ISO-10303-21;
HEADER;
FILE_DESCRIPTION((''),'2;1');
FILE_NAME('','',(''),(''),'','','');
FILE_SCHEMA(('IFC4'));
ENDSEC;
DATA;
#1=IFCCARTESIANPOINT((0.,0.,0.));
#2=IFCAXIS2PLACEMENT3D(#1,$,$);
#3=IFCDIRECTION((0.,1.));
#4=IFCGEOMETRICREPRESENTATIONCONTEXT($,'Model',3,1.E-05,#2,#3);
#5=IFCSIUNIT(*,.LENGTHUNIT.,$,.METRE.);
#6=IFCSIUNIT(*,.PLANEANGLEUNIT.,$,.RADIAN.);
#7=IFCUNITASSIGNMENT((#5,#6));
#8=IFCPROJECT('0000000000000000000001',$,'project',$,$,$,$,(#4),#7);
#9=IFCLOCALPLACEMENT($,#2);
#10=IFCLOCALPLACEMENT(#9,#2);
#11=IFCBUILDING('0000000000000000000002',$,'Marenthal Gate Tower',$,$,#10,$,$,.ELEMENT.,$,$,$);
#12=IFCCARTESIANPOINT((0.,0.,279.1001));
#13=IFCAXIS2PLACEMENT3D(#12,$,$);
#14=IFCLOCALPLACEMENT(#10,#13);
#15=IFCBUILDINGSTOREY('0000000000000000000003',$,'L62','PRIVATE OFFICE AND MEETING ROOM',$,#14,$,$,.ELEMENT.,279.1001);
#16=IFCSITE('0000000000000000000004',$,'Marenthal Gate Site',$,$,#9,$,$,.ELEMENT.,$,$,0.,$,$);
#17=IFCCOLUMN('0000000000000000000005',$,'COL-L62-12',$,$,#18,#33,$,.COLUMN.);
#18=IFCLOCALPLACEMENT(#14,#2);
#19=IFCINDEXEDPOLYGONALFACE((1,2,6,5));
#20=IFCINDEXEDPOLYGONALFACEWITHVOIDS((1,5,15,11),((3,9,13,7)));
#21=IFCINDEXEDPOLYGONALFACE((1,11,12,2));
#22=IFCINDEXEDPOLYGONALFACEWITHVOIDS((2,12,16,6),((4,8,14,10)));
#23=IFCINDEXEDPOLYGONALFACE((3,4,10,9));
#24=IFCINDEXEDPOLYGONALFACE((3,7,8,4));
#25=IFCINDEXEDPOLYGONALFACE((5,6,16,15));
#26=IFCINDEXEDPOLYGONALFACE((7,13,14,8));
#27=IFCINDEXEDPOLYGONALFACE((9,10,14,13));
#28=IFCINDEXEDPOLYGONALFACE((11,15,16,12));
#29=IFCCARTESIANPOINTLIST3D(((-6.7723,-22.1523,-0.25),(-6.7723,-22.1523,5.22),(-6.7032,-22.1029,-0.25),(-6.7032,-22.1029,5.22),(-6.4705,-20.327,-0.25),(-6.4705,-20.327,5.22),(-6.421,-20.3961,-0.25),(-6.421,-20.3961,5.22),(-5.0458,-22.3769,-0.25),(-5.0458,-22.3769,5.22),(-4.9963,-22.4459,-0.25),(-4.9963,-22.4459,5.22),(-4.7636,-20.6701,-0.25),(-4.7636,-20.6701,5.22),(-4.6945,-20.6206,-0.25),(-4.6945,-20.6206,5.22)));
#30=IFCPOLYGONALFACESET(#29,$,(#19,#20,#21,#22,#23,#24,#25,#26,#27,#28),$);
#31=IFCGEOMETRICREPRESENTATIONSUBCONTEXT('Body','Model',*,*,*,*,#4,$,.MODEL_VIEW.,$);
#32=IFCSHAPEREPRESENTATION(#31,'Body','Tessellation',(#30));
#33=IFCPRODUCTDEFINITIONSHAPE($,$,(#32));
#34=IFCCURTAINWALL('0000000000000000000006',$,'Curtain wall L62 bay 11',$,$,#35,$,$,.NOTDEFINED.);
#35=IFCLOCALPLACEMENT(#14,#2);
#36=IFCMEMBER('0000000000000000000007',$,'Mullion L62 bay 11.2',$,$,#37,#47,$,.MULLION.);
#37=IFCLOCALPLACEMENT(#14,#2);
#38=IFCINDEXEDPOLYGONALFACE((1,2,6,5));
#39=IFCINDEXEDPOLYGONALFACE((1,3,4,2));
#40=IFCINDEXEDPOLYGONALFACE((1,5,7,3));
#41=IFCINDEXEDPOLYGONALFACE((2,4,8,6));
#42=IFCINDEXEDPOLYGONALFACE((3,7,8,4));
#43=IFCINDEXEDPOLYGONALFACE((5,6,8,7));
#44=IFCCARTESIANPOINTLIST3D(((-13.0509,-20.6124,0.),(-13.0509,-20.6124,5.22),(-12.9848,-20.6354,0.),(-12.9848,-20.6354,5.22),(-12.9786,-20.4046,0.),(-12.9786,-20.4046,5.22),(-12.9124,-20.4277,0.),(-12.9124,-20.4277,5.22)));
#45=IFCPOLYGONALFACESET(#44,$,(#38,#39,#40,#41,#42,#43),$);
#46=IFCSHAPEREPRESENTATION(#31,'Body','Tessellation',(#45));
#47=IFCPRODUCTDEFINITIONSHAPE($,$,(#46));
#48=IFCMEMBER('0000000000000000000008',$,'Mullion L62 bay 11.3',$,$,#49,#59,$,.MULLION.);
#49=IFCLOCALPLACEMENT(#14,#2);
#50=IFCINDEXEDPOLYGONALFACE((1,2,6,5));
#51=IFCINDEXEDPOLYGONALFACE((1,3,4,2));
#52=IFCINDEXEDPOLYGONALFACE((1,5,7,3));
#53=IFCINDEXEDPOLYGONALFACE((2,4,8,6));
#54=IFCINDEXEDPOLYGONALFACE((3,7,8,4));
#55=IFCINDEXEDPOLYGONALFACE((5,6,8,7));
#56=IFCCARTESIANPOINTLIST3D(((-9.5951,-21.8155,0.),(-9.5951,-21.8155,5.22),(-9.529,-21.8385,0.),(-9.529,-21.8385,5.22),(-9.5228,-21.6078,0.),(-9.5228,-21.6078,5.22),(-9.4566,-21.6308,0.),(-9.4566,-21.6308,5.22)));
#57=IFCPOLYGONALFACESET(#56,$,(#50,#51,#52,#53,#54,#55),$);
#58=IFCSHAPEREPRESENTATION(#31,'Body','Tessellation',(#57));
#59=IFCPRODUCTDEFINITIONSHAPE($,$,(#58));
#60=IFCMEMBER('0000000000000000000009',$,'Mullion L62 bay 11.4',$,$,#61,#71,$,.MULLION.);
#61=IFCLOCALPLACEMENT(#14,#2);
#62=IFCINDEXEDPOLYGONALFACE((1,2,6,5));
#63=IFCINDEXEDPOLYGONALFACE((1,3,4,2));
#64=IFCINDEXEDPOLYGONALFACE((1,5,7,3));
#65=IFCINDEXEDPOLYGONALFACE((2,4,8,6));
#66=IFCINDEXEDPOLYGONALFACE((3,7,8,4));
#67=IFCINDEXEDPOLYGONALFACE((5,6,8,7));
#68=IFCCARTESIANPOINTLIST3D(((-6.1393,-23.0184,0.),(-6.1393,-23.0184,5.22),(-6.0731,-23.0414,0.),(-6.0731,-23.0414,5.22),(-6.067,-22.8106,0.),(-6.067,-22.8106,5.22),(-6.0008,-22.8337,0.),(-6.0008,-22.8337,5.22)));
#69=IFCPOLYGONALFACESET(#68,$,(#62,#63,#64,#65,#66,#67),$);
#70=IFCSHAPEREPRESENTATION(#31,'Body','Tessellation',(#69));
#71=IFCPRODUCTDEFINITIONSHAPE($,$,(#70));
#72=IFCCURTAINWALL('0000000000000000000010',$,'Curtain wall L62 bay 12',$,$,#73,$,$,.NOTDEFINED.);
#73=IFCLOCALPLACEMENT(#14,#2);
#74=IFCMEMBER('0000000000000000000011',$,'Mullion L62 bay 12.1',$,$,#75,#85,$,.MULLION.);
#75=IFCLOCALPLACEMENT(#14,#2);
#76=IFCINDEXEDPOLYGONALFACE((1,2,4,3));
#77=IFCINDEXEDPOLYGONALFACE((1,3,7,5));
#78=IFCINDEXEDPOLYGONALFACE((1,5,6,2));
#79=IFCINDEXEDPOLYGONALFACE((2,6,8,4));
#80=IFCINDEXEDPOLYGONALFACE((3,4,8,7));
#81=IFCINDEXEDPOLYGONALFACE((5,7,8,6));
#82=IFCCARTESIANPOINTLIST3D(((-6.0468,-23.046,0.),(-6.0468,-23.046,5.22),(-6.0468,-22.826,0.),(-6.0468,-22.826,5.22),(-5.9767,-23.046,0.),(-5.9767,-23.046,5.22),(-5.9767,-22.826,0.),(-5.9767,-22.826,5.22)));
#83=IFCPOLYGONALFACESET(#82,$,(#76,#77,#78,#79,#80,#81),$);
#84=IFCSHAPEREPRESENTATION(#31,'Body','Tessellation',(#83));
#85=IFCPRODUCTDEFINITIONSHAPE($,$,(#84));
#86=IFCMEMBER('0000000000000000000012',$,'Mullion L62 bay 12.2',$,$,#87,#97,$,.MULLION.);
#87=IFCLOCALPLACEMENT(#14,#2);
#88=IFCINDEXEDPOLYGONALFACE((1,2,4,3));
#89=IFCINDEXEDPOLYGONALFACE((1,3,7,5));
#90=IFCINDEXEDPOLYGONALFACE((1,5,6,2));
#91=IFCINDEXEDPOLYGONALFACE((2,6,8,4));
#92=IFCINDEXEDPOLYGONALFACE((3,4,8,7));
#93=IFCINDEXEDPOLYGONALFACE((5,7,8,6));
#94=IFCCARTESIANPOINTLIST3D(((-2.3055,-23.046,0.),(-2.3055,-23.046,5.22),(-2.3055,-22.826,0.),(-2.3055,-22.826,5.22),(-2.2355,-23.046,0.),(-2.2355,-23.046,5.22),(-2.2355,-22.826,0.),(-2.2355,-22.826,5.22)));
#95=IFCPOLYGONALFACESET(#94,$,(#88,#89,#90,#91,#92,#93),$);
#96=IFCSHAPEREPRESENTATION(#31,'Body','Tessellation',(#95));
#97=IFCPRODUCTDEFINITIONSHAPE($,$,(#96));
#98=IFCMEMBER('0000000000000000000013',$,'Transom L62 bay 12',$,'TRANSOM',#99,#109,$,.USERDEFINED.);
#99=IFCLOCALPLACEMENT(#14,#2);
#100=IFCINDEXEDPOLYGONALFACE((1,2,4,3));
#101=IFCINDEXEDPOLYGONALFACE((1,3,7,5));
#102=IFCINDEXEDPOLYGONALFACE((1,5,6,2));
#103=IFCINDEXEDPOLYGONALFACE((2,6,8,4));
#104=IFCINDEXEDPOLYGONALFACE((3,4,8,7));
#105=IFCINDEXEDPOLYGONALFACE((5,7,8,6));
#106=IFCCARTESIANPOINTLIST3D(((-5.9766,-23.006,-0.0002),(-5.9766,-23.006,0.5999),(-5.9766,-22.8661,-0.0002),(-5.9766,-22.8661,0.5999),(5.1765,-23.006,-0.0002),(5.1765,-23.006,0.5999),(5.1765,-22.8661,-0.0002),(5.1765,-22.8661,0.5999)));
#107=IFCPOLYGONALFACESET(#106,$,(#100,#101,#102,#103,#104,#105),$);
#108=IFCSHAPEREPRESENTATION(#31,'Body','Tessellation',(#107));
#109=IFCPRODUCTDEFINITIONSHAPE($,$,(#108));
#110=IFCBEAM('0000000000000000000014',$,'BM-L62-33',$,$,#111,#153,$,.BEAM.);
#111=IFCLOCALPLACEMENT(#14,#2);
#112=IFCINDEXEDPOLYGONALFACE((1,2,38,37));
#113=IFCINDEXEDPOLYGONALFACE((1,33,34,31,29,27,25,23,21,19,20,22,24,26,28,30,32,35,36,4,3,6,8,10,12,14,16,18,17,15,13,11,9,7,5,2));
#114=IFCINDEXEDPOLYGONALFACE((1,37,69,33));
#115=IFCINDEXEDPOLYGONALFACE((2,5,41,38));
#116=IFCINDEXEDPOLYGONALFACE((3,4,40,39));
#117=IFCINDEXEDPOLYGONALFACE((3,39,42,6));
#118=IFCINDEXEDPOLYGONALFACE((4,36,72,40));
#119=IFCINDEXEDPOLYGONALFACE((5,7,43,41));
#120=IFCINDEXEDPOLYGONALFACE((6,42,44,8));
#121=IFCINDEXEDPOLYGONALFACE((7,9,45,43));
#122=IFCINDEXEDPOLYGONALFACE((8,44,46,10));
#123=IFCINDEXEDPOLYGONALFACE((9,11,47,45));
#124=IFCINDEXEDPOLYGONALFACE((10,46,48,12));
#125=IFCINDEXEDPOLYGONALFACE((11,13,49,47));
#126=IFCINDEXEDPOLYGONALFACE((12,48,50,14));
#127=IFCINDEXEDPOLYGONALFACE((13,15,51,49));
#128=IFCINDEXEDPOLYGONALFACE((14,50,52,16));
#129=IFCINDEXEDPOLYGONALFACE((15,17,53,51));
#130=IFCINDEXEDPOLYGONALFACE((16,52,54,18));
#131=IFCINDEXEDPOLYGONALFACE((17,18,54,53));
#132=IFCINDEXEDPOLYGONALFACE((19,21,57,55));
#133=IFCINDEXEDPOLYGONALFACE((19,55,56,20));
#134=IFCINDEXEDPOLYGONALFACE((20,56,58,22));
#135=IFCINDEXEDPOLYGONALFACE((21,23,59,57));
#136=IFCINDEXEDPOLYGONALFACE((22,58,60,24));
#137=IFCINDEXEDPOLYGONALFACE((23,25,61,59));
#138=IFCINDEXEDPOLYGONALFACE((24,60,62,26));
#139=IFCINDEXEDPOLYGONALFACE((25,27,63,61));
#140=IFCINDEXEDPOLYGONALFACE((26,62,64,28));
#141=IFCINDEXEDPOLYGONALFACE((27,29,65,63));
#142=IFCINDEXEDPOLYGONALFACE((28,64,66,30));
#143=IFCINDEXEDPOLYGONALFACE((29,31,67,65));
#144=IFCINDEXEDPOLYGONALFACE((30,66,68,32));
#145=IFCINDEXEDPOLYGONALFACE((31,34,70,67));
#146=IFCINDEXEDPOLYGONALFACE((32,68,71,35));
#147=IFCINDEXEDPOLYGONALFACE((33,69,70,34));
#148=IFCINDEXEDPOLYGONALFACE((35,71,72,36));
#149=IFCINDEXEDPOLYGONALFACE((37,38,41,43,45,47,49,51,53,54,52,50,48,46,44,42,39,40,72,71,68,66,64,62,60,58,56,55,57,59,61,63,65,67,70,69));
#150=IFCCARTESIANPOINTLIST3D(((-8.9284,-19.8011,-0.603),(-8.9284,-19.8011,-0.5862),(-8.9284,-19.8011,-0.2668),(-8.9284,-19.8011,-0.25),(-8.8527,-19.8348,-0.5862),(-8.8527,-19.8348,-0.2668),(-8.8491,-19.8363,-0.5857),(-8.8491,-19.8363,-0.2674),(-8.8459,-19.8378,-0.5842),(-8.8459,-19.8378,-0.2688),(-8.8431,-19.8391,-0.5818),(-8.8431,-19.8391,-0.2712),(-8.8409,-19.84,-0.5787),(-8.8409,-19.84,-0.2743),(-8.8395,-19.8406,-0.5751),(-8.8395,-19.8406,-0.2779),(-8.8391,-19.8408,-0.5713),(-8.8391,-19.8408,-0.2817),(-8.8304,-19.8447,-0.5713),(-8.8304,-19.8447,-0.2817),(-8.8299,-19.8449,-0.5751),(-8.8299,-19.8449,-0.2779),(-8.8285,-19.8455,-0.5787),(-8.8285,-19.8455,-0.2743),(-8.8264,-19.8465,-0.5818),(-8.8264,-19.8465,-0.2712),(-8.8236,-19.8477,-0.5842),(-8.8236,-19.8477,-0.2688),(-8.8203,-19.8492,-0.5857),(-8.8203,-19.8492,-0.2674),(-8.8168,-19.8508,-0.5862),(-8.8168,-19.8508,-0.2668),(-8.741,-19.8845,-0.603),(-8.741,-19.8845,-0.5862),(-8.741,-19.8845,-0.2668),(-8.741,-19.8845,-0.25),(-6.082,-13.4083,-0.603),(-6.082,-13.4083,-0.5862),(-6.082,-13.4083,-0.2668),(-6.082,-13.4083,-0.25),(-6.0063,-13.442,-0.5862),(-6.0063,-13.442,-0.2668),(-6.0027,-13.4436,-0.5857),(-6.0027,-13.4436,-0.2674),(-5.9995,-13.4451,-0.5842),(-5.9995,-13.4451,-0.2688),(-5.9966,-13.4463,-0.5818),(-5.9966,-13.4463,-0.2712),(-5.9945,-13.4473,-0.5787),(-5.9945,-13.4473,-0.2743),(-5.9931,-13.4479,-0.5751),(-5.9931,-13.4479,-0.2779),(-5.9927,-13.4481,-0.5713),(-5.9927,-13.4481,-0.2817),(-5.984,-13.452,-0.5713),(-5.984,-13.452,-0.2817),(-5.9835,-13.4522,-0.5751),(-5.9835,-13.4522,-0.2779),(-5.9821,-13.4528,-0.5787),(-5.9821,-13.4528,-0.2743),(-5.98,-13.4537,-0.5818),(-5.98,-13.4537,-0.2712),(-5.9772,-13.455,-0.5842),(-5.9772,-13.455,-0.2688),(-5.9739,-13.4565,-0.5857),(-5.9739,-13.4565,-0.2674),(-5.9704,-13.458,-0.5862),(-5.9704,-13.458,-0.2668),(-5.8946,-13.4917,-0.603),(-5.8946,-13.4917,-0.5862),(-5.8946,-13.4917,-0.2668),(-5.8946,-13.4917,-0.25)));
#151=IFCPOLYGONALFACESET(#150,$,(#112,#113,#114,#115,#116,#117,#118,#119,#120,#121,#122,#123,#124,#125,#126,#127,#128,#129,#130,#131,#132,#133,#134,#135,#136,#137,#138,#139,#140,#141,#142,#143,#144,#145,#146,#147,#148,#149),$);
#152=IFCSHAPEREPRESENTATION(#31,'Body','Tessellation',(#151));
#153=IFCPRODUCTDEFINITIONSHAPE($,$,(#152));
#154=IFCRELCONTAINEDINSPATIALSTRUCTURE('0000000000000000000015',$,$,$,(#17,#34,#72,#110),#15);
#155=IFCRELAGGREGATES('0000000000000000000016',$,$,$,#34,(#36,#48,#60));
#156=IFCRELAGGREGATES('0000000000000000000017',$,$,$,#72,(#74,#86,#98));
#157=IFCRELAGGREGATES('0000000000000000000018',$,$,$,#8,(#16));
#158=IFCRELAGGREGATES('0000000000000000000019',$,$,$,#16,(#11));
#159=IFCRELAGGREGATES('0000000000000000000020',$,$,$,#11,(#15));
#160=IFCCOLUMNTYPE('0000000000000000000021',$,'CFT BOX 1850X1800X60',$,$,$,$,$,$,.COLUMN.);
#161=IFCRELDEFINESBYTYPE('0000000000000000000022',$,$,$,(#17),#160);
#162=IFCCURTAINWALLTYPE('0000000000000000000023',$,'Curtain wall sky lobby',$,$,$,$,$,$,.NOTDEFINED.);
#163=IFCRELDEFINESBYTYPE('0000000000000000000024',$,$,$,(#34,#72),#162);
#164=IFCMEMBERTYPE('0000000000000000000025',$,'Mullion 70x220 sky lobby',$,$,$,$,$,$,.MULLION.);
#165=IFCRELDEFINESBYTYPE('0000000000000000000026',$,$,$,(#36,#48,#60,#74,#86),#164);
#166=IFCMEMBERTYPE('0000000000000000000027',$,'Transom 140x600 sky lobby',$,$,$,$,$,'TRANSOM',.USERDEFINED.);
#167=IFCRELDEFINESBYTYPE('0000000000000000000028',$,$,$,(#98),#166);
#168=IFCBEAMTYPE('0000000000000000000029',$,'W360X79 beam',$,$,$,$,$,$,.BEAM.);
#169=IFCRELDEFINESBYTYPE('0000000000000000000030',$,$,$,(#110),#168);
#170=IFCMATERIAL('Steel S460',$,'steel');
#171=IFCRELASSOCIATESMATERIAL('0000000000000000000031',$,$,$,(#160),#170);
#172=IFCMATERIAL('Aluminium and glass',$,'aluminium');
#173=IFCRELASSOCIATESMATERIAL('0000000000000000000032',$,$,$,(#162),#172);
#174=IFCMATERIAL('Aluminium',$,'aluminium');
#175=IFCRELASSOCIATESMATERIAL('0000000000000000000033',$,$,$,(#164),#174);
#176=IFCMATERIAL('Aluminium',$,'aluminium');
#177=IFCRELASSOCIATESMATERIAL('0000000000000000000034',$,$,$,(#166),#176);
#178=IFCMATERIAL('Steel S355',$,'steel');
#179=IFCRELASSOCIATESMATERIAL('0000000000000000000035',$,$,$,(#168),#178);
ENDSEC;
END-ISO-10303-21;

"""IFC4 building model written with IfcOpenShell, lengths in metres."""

from ifc_helpers import new_model, si_unit, direction, frame, origin, origin_2d, place, context, subcontext, project, spatial, rectangle, hollow_rectangle, i_section, extrude, material, material_profile, profile_set, type_object, element, aggregate, save


model = new_model("IFC4")

# Units and contexts
model_context = context("Model", 3, precision=1e-05, world=origin(), true_north=direction((0.0, 1.0)))
body_context = subcontext(model_context, "Body", "Model", "MODEL_VIEW")
ifc_project = project(units=[si_unit("LENGTHUNIT", "METRE"), si_unit("PLANEANGLEUNIT", "RADIAN")], contexts=[model_context])

# Site, building, storey
site_placement = place(None, origin())
site = spatial("IfcSite", under=ifc_project, at=site_placement, Name="Marenthal Gate Site", CompositionType="ELEMENT", RefElevation=0.0)
building_placement = place(site_placement, origin())
building = spatial("IfcBuilding", under=site, at=building_placement, Name="Marenthal Gate Tower", CompositionType="ELEMENT")
storey_placement = place(building_placement, frame((0.0, 0.0, 279.1001)))
storey = spatial("IfcBuildingStorey", under=building, at=storey_placement, Name="L62", Description="PRIVATE OFFICE AND MEETING ROOM", CompositionType="ELEMENT", Elevation=279.1001)

# Column
ifc_material_1 = material(Name="Steel S460", Category="steel")
ifc_material_profile_1 = material_profile(ifc_material_1, hollow_rectangle(XDim=1.8, YDim=1.8501, WallThickness=0.0601, at=origin_2d()), Name="CFT BOX 1850X1800X60")
ifc_material_2 = material(Name="Concrete 70 MPa", Category="concrete")
ifc_material_profile_2 = material_profile(ifc_material_2, rectangle(XDim=1.6799, YDim=1.73, at=origin_2d()), Name="CFT BOX 1850X1800X60 INFILL")
ifc_profile_set_1 = profile_set([ifc_material_profile_1, ifc_material_profile_2], Name="Steel S460 shell, Concrete 70 MPa infill")
column_type = type_object("IfcColumnType", Name="CFT BOX 1850X1800X60", PredefinedType="COLUMN", material=ifc_profile_set_1)
column_placement = place(storey_placement, frame((-5.7334, -21.3865, -0.25), z_axis=(0.0, 0.0, 1.0), x_axis=(-0.986606, 0.163119, 0.0)))
element("IfcColumn", 1, at=column_placement, inside=storey, type_object=column_type, Name="COL-L62-12", PredefinedType="COLUMN", context=body_context, shape_type="SweptSolid", body=[
    extrude(hollow_rectangle(XDim=1.8, YDim=1.8501, WallThickness=0.0601, at=origin_2d()), origin(), (0.0, 0.0, 1.0), 5.47),
])

# Curtain walls, members
ifc_material_3 = material(Name="Aluminium and glass", Category="aluminium")
curtain_wall_type = type_object("IfcCurtainWallType", Name="Curtain wall sky lobby", PredefinedType="NOTDEFINED", material=ifc_material_3)
curtain_wall_1_placement = place(storey_placement, origin())
curtain_wall_1 = element("IfcCurtainWall", 2, at=curtain_wall_1_placement, inside=storey, type_object=curtain_wall_type, Name="Curtain wall L62 bay 11", PredefinedType="NOTDEFINED")
ifc_material_4 = material(Name="Aluminium", Category="aluminium")
ifc_material_profile_3 = material_profile(ifc_material_4, rectangle(XDim=0.22, YDim=0.0701, at=origin_2d()), Name="70x220 aluminium mullion")
ifc_profile_set_2 = profile_set([ifc_material_profile_3], Name="Aluminium")
member_type_1 = type_object("IfcMemberType", Name="Mullion 70x220 sky lobby", PredefinedType="MULLION", material=ifc_profile_set_2)
member_1_placement = place(storey_placement, frame((-12.9817, -20.52, 0.0), z_axis=(0.0, 0.0, 1.0), x_axis=(0.328757, 0.944415, 0.0)))
member_1 = element("IfcMember", 3, at=member_1_placement, type_object=member_type_1, Name="Mullion L62 bay 11.2", PredefinedType="MULLION", context=body_context, shape_type="SweptSolid", body=[
    extrude(rectangle(XDim=0.22, YDim=0.0701, at=origin_2d()), origin(), (0.0, 0.0, 1.0), 5.22),
])
member_2_placement = place(storey_placement, frame((-9.5259, -21.7231, 0.0), z_axis=(0.0, 0.0, 1.0), x_axis=(0.328757, 0.944415, 0.0)))
member_2 = element("IfcMember", 4, at=member_2_placement, type_object=member_type_1, Name="Mullion L62 bay 11.3", PredefinedType="MULLION", context=body_context, shape_type="SweptSolid", body=[
    extrude(rectangle(XDim=0.22, YDim=0.0701, at=origin_2d()), origin(), (0.0, 0.0, 1.0), 5.22),
])
member_3_placement = place(storey_placement, frame((-6.0701, -22.926, 0.0), z_axis=(0.0, 0.0, 1.0), x_axis=(0.328757, 0.944415, 0.0)))
member_3 = element("IfcMember", 5, at=member_3_placement, type_object=member_type_1, Name="Mullion L62 bay 11.4", PredefinedType="MULLION", context=body_context, shape_type="SweptSolid", body=[
    extrude(rectangle(XDim=0.22, YDim=0.0701, at=origin_2d()), origin(), (0.0, 0.0, 1.0), 5.22),
])
curtain_wall_2_placement = place(storey_placement, origin())
curtain_wall_2 = element("IfcCurtainWall", 6, at=curtain_wall_2_placement, inside=storey, type_object=curtain_wall_type, Name="Curtain wall L62 bay 12", PredefinedType="NOTDEFINED")
member_4_placement = place(storey_placement, frame((-6.0117, -22.936, 0.0), z_axis=(0.0, 0.0, 1.0), x_axis=(0.0, 1.0, 0.0)))
member_4 = element("IfcMember", 7, at=member_4_placement, type_object=member_type_1, Name="Mullion L62 bay 12.1", PredefinedType="MULLION", context=body_context, shape_type="SweptSolid", body=[
    extrude(rectangle(XDim=0.22, YDim=0.0701, at=origin_2d()), origin(), (0.0, 0.0, 1.0), 5.22),
])
member_5_placement = place(storey_placement, frame((-2.2705, -22.936, 0.0), z_axis=(0.0, 0.0, 1.0), x_axis=(0.0, 1.0, 0.0)))
member_5 = element("IfcMember", 8, at=member_5_placement, type_object=member_type_1, Name="Mullion L62 bay 12.2", PredefinedType="MULLION", context=body_context, shape_type="SweptSolid", body=[
    extrude(rectangle(XDim=0.22, YDim=0.0701, at=origin_2d()), origin(), (0.0, 0.0, 1.0), 5.22),
])
ifc_material_5 = material(Name="Aluminium", Category="aluminium")
ifc_material_profile_4 = material_profile(ifc_material_5, rectangle(XDim=0.1399, YDim=0.6001, at=origin_2d()), Name="140x600 aluminium transom")
ifc_profile_set_3 = profile_set([ifc_material_profile_4], Name="Aluminium")
member_type_2 = type_object("IfcMemberType", Name="Transom 140x600 sky lobby", ElementType="TRANSOM", PredefinedType="USERDEFINED", material=ifc_profile_set_3)
member_6_placement = place(storey_placement, frame((-5.9766, -22.936, 0.2998), z_axis=(1.0, 0.0, 0.0), x_axis=(0.0, 1.0, 0.0)))
member_6 = element("IfcMember", 9, at=member_6_placement, type_object=member_type_2, Name="Transom L62 bay 12", ObjectType="TRANSOM", PredefinedType="USERDEFINED", context=body_context, shape_type="SweptSolid", body=[
    extrude(rectangle(XDim=0.1399, YDim=0.6001, at=origin_2d()), origin(), (0.0, 0.0, 1.0), 11.1531),
])

# Beam
ifc_material_6 = material(Name="Steel S355", Category="steel")
ifc_material_profile_5 = material_profile(ifc_material_6, i_section(OverallWidth=0.2051, OverallDepth=0.353, WebThickness=0.0095, FlangeThickness=0.0168, FilletRadius=0.0149, at=origin_2d()), Name="W360X79")
ifc_profile_set_4 = profile_set([ifc_material_profile_5], Name="Steel S355")
beam_type_1 = type_object("IfcBeamType", Name="W360X79 beam", PredefinedType="BEAM", material=ifc_profile_set_4)
beam_1_placement = place(storey_placement, frame((-8.8347, -19.8428, -0.4265), z_axis=(0.406757, 0.913537, 0.0), x_axis=(-0.913537, 0.406757, 0.0)))
element("IfcBeam", 10, at=beam_1_placement, inside=storey, type_object=beam_type_1, Name="BM-L62-33", PredefinedType="BEAM", context=body_context, shape_type="SweptSolid", body=[
    extrude(i_section(OverallWidth=0.2051, OverallDepth=0.353, WebThickness=0.0095, FlangeThickness=0.0168, FilletRadius=0.0149, at=origin_2d()), origin(), (0.0, 0.0, 1.0), 6.9978),
])

aggregate(curtain_wall_1, [member_1, member_2, member_3])
aggregate(curtain_wall_2, [member_4, member_5, member_6])

save(model, "model.ifc")
